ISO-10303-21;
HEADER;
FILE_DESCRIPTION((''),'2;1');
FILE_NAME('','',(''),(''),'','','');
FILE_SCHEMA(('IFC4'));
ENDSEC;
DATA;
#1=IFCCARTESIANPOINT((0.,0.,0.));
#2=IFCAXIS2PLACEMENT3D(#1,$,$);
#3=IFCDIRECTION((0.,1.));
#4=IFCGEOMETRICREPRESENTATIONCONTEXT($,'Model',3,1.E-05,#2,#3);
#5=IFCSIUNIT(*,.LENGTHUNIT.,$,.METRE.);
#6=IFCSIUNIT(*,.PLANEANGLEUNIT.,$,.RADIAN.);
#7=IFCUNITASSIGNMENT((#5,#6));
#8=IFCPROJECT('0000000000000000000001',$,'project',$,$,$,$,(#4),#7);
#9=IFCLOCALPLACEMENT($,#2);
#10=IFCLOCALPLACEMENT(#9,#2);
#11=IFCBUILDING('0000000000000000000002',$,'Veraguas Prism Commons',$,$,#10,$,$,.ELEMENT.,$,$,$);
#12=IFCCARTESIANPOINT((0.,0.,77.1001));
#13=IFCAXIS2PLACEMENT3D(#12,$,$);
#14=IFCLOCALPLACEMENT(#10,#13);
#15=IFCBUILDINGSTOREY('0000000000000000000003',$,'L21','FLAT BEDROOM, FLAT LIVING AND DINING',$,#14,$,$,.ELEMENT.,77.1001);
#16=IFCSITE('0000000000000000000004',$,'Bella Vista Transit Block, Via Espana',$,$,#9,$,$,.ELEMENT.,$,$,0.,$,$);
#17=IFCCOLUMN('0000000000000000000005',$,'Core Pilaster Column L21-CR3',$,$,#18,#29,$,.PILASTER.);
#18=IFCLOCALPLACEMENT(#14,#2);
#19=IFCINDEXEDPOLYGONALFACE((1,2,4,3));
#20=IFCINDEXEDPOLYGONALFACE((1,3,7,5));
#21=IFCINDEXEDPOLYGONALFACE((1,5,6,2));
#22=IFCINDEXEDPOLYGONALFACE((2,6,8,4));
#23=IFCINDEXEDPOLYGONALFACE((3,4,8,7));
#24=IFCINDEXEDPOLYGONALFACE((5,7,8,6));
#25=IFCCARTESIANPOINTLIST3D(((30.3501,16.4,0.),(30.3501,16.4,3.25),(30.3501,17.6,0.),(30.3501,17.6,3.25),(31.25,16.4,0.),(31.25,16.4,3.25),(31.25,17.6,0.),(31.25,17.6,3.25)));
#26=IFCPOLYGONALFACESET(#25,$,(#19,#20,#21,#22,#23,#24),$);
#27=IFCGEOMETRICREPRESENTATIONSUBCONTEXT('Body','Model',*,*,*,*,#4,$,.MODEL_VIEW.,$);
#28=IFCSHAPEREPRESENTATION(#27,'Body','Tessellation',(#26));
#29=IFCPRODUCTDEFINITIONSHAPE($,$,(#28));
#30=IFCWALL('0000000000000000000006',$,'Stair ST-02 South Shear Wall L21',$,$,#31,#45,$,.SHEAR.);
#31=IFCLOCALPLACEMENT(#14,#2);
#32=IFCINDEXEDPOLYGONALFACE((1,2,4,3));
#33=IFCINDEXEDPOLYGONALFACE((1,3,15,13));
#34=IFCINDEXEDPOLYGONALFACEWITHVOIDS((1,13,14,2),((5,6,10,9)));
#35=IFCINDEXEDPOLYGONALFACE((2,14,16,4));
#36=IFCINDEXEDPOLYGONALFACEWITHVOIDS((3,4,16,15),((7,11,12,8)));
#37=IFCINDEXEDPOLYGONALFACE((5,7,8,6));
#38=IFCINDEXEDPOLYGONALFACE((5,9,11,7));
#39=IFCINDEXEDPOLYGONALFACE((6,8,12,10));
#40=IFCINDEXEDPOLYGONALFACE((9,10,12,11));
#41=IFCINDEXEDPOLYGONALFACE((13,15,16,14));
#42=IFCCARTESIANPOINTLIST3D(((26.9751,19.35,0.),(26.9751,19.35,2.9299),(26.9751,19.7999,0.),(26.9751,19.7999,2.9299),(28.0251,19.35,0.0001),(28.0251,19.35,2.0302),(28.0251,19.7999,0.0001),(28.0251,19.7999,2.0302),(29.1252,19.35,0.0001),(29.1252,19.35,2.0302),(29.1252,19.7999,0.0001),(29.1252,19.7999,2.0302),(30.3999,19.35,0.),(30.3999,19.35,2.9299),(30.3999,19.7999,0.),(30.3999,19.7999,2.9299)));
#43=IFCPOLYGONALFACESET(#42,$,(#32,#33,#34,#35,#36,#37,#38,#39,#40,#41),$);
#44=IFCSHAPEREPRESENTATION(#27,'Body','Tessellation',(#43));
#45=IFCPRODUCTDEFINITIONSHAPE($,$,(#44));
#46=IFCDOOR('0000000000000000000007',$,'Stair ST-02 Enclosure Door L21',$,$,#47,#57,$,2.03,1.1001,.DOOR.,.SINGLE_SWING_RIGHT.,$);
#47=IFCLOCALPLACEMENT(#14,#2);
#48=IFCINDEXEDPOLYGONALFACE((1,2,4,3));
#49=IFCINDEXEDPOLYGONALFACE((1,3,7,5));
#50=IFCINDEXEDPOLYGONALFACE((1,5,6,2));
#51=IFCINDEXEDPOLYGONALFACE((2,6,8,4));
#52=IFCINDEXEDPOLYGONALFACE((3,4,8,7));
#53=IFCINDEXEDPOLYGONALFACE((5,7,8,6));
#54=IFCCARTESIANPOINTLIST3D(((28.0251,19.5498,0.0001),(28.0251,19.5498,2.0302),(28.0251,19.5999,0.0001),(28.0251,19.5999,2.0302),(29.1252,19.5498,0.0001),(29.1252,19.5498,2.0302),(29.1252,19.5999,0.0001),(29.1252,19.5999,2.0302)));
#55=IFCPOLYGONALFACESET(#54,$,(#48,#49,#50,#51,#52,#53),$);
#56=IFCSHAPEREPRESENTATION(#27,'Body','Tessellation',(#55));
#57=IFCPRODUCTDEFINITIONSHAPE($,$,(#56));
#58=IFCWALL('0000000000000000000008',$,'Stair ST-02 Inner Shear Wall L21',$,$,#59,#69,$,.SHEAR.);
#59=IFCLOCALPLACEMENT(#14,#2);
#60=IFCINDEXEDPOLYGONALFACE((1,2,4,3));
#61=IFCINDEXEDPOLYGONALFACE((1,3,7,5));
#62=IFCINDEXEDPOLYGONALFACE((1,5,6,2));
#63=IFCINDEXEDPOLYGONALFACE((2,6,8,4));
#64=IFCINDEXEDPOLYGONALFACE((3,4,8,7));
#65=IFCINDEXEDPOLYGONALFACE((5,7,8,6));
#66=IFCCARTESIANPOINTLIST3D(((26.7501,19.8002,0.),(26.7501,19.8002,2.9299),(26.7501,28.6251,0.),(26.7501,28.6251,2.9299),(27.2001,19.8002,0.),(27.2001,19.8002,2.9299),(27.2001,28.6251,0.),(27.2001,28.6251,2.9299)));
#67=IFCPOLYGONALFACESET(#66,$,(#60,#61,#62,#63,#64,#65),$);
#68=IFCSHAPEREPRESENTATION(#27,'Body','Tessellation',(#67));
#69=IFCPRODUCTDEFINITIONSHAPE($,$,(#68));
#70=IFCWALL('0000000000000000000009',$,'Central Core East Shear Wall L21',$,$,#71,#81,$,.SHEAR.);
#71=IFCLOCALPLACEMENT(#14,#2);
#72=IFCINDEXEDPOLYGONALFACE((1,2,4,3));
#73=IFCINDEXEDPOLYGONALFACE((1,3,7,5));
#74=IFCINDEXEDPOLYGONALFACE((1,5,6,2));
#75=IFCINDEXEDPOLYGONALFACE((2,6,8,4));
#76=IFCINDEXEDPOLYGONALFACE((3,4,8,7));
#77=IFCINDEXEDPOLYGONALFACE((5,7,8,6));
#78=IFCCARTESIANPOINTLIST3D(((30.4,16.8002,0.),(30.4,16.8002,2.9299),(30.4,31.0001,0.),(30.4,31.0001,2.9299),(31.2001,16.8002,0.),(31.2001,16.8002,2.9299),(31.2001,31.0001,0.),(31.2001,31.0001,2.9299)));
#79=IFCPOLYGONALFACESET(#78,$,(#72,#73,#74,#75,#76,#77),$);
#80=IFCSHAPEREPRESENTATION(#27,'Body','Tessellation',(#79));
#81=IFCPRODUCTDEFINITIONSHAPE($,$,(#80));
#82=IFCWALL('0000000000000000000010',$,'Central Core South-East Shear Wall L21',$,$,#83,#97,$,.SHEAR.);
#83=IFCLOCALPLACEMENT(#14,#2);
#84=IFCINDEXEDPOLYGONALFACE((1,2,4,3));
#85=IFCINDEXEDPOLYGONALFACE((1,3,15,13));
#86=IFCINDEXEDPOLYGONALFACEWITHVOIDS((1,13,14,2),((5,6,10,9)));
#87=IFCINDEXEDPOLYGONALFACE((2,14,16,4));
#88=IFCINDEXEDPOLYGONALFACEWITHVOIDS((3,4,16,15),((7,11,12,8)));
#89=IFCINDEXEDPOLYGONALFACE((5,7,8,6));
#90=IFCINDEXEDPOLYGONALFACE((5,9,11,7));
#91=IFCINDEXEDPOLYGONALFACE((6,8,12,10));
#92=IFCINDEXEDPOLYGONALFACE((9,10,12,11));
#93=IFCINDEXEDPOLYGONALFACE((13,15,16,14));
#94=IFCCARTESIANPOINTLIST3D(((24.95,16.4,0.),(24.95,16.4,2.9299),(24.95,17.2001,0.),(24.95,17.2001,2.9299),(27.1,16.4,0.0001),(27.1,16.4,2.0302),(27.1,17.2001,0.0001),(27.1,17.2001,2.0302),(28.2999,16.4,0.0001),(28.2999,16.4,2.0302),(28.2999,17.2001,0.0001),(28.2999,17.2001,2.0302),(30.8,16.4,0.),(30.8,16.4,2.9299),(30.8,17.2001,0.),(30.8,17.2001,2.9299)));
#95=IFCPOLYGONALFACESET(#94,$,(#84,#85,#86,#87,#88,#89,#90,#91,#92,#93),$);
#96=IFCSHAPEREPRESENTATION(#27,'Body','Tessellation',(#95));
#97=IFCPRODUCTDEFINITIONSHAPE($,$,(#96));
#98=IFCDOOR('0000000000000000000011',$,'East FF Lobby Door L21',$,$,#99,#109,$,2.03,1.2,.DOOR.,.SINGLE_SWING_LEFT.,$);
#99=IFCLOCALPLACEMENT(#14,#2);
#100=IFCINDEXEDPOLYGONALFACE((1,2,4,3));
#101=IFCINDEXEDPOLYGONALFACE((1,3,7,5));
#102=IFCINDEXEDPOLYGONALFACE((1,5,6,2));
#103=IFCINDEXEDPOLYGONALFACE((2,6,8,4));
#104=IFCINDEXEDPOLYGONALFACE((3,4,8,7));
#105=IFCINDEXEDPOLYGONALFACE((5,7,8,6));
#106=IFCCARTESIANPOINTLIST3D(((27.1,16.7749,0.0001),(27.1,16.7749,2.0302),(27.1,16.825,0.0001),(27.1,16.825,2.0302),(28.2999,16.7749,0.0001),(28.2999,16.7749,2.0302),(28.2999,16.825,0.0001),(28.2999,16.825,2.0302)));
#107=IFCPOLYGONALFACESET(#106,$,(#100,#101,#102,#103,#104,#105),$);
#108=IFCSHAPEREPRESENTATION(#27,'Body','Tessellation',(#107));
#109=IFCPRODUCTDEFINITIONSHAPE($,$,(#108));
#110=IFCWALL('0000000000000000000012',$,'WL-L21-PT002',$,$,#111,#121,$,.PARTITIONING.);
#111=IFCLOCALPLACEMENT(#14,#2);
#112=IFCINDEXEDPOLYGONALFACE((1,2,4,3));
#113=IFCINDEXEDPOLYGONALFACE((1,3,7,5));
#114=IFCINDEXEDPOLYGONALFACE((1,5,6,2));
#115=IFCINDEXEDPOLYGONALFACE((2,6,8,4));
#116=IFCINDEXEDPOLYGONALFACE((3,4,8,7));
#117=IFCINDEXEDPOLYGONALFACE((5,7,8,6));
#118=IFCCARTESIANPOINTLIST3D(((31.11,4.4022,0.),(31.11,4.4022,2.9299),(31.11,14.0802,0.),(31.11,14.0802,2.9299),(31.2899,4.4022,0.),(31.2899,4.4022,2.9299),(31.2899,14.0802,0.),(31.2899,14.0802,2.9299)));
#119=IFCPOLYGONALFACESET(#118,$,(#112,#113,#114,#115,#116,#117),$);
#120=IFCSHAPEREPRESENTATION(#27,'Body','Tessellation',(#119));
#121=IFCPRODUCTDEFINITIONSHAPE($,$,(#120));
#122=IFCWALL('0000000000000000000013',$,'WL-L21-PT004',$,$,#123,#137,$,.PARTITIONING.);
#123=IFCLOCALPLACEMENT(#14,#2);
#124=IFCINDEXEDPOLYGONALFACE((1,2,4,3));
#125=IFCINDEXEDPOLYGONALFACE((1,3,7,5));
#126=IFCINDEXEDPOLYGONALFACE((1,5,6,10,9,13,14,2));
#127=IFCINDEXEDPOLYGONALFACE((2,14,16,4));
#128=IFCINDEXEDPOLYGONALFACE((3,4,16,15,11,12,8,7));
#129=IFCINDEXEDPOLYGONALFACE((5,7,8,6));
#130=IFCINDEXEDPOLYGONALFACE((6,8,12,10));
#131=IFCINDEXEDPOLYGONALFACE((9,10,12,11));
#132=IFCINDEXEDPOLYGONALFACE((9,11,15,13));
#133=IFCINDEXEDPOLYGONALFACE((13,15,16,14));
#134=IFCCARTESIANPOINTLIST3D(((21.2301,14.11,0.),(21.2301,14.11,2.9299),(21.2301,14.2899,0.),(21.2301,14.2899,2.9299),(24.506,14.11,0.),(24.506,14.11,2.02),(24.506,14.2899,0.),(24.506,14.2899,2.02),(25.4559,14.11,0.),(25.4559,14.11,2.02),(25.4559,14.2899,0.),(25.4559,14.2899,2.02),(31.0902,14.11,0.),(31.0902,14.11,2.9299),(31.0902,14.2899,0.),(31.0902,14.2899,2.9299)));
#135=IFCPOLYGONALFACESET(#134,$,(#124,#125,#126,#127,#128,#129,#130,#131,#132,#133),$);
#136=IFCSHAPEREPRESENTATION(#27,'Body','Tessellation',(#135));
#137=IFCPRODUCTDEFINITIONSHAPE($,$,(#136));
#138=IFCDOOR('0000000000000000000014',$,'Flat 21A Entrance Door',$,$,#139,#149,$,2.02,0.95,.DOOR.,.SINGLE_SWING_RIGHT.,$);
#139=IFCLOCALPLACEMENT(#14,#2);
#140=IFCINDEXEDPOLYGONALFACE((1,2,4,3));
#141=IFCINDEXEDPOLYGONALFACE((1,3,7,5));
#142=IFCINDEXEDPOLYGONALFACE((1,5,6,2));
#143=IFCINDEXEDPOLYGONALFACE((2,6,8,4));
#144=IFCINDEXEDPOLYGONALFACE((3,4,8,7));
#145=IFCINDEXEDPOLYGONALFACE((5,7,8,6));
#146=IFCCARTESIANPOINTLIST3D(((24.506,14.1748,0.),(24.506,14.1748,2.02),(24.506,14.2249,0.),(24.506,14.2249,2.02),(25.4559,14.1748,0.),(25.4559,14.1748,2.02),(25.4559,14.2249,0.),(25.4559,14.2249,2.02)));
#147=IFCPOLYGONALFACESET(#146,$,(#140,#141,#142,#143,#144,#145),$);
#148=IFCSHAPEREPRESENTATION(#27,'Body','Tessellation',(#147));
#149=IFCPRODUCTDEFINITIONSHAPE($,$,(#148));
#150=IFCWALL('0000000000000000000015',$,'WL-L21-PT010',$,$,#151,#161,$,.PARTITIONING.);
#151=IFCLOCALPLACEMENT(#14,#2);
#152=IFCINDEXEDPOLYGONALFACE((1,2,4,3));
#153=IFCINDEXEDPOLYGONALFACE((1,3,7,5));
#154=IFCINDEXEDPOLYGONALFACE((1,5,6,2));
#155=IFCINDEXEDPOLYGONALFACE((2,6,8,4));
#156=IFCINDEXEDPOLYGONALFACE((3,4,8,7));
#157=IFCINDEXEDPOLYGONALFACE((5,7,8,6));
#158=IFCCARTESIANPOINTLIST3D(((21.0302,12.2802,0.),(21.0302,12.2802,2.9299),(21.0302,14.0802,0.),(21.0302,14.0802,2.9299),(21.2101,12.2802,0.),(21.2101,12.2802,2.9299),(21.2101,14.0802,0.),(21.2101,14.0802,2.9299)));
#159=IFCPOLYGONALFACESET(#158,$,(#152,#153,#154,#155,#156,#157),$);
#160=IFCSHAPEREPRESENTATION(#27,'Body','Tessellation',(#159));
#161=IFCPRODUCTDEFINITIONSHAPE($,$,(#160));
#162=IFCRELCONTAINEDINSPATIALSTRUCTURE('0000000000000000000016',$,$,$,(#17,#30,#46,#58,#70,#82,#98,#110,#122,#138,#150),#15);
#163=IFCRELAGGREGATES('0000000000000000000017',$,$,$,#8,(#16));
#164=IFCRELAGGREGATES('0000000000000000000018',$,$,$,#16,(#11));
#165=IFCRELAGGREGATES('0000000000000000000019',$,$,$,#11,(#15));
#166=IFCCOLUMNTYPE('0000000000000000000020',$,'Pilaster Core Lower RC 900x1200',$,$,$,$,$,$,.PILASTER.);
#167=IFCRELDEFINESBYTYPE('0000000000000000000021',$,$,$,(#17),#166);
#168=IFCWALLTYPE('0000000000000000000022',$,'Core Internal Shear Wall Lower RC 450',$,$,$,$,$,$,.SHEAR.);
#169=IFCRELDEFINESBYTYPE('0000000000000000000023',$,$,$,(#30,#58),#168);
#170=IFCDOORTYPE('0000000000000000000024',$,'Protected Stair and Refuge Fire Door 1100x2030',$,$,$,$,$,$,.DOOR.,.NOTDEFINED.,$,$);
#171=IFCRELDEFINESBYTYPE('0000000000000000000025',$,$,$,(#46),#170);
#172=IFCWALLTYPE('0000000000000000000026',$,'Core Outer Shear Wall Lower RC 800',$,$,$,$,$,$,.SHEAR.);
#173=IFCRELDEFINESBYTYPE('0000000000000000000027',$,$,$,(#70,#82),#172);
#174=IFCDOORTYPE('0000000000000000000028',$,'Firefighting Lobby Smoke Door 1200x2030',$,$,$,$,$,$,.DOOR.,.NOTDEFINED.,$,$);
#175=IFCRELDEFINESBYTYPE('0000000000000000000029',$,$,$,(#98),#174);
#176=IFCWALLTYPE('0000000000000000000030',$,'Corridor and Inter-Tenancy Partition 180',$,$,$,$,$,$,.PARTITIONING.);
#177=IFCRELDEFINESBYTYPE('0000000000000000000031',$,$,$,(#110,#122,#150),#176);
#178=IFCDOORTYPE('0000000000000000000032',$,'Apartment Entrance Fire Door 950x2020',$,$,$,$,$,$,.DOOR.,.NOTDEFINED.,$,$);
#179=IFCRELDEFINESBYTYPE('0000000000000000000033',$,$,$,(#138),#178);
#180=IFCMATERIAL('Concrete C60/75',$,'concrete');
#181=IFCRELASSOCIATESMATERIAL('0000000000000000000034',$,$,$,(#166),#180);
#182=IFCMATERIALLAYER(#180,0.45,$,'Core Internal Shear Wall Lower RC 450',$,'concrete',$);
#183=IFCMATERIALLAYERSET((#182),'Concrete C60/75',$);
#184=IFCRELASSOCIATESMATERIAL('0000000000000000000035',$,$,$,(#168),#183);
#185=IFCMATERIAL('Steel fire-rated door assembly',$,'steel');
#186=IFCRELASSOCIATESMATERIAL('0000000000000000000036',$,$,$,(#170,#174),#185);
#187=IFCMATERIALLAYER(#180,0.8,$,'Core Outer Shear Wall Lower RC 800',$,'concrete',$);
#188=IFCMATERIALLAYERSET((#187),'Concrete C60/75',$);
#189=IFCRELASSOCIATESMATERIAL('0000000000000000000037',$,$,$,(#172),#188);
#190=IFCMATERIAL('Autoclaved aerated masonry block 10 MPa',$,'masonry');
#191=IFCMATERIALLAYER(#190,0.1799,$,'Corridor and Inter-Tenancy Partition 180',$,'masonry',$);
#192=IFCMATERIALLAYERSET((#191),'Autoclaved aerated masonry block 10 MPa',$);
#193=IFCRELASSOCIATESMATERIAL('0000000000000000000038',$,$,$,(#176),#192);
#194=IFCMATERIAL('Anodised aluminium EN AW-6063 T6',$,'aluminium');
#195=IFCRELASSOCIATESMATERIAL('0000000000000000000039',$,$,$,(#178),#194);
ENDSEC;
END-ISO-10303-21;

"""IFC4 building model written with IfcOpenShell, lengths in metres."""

from ifc_helpers import new_model, si_unit, direction, frame, frame_2d, origin, origin_2d, place, context, subcontext, project, spatial, rectangle, extrude, source, transform, mapped, material, layer, layer_set, material_profile, profile_set, type_object, element, fill, save


model = new_model("IFC4")

# Units and contexts
model_context = context("Model", 3, precision=1e-05, world=origin(), true_north=direction((0.0, 1.0)))
body_context = subcontext(model_context, "Body", "Model", "MODEL_VIEW")
ifc_project = project(units=[si_unit("LENGTHUNIT", "METRE"), si_unit("PLANEANGLEUNIT", "RADIAN")], contexts=[model_context])

# Site, building, storey
site_placement = place(None, origin())
site = spatial("IfcSite", under=ifc_project, at=site_placement, Name="Bella Vista Transit Block, Via Espana", CompositionType="ELEMENT", RefElevation=0.0)
building_placement = place(site_placement, origin())
building = spatial("IfcBuilding", under=site, at=building_placement, Name="Veraguas Prism Commons", CompositionType="ELEMENT")
storey_placement = place(building_placement, frame((0.0, 0.0, 77.1001)))
storey = spatial("IfcBuildingStorey", under=building, at=storey_placement, Name="L21", Description="FLAT BEDROOM, FLAT LIVING AND DINING", CompositionType="ELEMENT", Elevation=77.1001)

# Column
ifc_material_1 = material(Name="Concrete C60/75", Category="concrete")
ifc_material_profile = material_profile(ifc_material_1, rectangle(XDim=0.8999, YDim=1.2, at=origin_2d()), Name="RC900X1200")
ifc_profile_set = profile_set([ifc_material_profile], Name="Concrete C60/75")
column_type = type_object("IfcColumnType", Name="Pilaster Core Lower RC 900x1200", PredefinedType="PILASTER", material=ifc_profile_set)
column_placement = place(storey_placement, frame((30.8, 17.0, 0.0), z_axis=(0.0, 0.0, 1.0), x_axis=(1.0, 0.0, 0.0)))
element("IfcColumn", 1, at=column_placement, inside=storey, type_object=column_type, Name="Core Pilaster Column L21-CR3", PredefinedType="PILASTER", context=body_context, shape_type="SweptSolid", body=[
    extrude(rectangle(XDim=0.8999, YDim=1.2, at=origin_2d()), origin(), (0.0, 0.0, 1.0), 3.25),
])

# Wall, opening, door
ifc_layer_1 = layer(ifc_material_1, 0.45, Name="Core Internal Shear Wall Lower RC 450", Category="concrete")
ifc_layer_set_1 = layer_set([ifc_layer_1], Name="Concrete C60/75")
wall_type_1 = type_object("IfcWallType", Name="Core Internal Shear Wall Lower RC 450", PredefinedType="SHEAR", material=ifc_layer_set_1)
wall_1_placement = place(storey_placement, frame((26.9751, 19.575, 0.0), z_axis=(0.0, 0.0, 1.0), x_axis=(1.0, 0.0, 0.0)))
wall_1 = element("IfcWall", 2, at=wall_1_placement, inside=storey, type_object=wall_type_1, Name="Stair ST-02 South Shear Wall L21", PredefinedType="SHEAR", context=body_context, shape_type="SweptSolid", body=[
    extrude(rectangle(XDim=3.4248, YDim=0.45, at=frame_2d((1.7124, 0.0))), origin(), (0.0, 0.0, 1.0), 2.9299),
])
opening_1_placement = place(wall_1_placement, frame((1.05, 0.0, 0.0)))
opening_1 = element("IfcOpeningElement", 3, at=opening_1_placement, cuts=wall_1, PredefinedType="OPENING", context=body_context, shape_type="SweptSolid", body=[
    extrude(rectangle(XDim=1.1001, YDim=2.03, at=frame_2d((0.55, 1.0151))), frame((0.0, 0.2349, 0.0), z_axis=(0.0, -1.0, 0.0), x_axis=(1.0, 0.0, 0.0)), (0.0, 0.0, 1.0), 0.47),
])
ifc_material_2 = material(Name="Steel fire-rated door assembly", Category="steel")
door_type_1 = type_object("IfcDoorType", Name="Protected Stair and Refuge Fire Door 1100x2030", OperationType="NOTDEFINED", PredefinedType="DOOR", material=ifc_material_2)
shared_shape_1 = source(origin(), body_context, "Body", "SweptSolid", [
    extrude(rectangle(XDim=1.1001, YDim=2.03, at=frame_2d((0.55, 1.0151))), frame((0.0, 0.0249, 0.0), z_axis=(0.0, -1.0, 0.0), x_axis=(1.0, 0.0, 0.0)), (0.0, 0.0, 1.0), 0.05),
])
door_1_placement = place(opening_1_placement, origin())
door_1 = element("IfcDoor", 4, at=door_1_placement, inside=storey, type_object=door_type_1, Name="Stair ST-02 Enclosure Door L21", OperationType="SINGLE_SWING_RIGHT", OverallHeight=2.03, OverallWidth=1.1001, PredefinedType="DOOR", context=body_context, shape_type="MappedRepresentation", body=[
    mapped(shared_shape_1, transform((0.0, 0.0, 0.0), scale=1.0)),
])
fill(opening_1, door_1)

# Walls
wall_2_placement = place(storey_placement, frame((26.9751, 19.8, 0.0), z_axis=(0.0, 0.0, 1.0), x_axis=(0.0, 1.0, 0.0)))
element("IfcWall", 5, at=wall_2_placement, inside=storey, type_object=wall_type_1, Name="Stair ST-02 Inner Shear Wall L21", PredefinedType="SHEAR", context=body_context, shape_type="SweptSolid", body=[
    extrude(rectangle(XDim=8.825, YDim=0.45, at=frame_2d((4.4126, 0.0))), origin(), (0.0, 0.0, 1.0), 2.9299),
])
ifc_layer_2 = layer(ifc_material_1, 0.8, Name="Core Outer Shear Wall Lower RC 800", Category="concrete")
ifc_layer_set_2 = layer_set([ifc_layer_2], Name="Concrete C60/75")
wall_type_2 = type_object("IfcWallType", Name="Core Outer Shear Wall Lower RC 800", PredefinedType="SHEAR", material=ifc_layer_set_2)
wall_3_placement = place(storey_placement, frame((30.8, 16.8, 0.0), z_axis=(0.0, 0.0, 1.0), x_axis=(0.0, 1.0, 0.0)))
element("IfcWall", 6, at=wall_3_placement, inside=storey, type_object=wall_type_2, Name="Central Core East Shear Wall L21", PredefinedType="SHEAR", context=body_context, shape_type="SweptSolid", body=[
    extrude(rectangle(XDim=14.2, YDim=0.8, at=frame_2d((7.1001, 0.0))), origin(), (0.0, 0.0, 1.0), 2.9299),
])

# Wall, opening, door
wall_4_placement = place(storey_placement, frame((24.95, 16.8, 0.0), z_axis=(0.0, 0.0, 1.0), x_axis=(1.0, 0.0, 0.0)))
wall_4 = element("IfcWall", 7, at=wall_4_placement, inside=storey, type_object=wall_type_2, Name="Central Core South-East Shear Wall L21", PredefinedType="SHEAR", context=body_context, shape_type="SweptSolid", body=[
    extrude(rectangle(XDim=5.8501, YDim=0.8, at=frame_2d((2.925, 0.0))), origin(), (0.0, 0.0, 1.0), 2.9299),
])
opening_2_placement = place(wall_4_placement, frame((2.1499, 0.0, 0.0)))
opening_2 = element("IfcOpeningElement", 8, at=opening_2_placement, cuts=wall_4, PredefinedType="OPENING", context=body_context, shape_type="SweptSolid", body=[
    extrude(rectangle(XDim=1.2, YDim=2.03, at=frame_2d((0.6001, 1.0151))), frame((0.0, 0.4099, 0.0), z_axis=(0.0, -1.0, 0.0), x_axis=(1.0, 0.0, 0.0)), (0.0, 0.0, 1.0), 0.8201),
])
door_type_2 = type_object("IfcDoorType", Name="Firefighting Lobby Smoke Door 1200x2030", OperationType="NOTDEFINED", PredefinedType="DOOR", material=ifc_material_2)
shared_shape_2 = source(origin(), body_context, "Body", "SweptSolid", [
    extrude(rectangle(XDim=1.2, YDim=2.03, at=frame_2d((0.6001, 1.0151))), frame((0.0, 0.0249, 0.0), z_axis=(0.0, -1.0, 0.0), x_axis=(1.0, 0.0, 0.0)), (0.0, 0.0, 1.0), 0.05),
])
door_2_placement = place(opening_2_placement, origin())
door_2 = element("IfcDoor", 9, at=door_2_placement, inside=storey, type_object=door_type_2, Name="East FF Lobby Door L21", OperationType="SINGLE_SWING_LEFT", OverallHeight=2.03, OverallWidth=1.2, PredefinedType="DOOR", context=body_context, shape_type="MappedRepresentation", body=[
    mapped(shared_shape_2, transform((0.0, 0.0, 0.0), scale=1.0)),
])
fill(opening_2, door_2)

# Wall
ifc_material_3 = material(Name="Autoclaved aerated masonry block 10 MPa", Category="masonry")
ifc_layer_3 = layer(ifc_material_3, 0.1799, Name="Corridor and Inter-Tenancy Partition 180", Category="masonry")
ifc_layer_set_3 = layer_set([ifc_layer_3], Name="Autoclaved aerated masonry block 10 MPa")
wall_type_3 = type_object("IfcWallType", Name="Corridor and Inter-Tenancy Partition 180", PredefinedType="PARTITIONING", material=ifc_layer_set_3)
wall_5_placement = place(storey_placement, frame((31.2, 14.0801, 0.0), z_axis=(0.0, 0.0, 1.0), x_axis=(0.0, -1.0, 0.0)))
element("IfcWall", 10, at=wall_5_placement, inside=storey, type_object=wall_type_3, Name="WL-L21-PT002", PredefinedType="PARTITIONING", context=body_context, shape_type="SweptSolid", body=[
    extrude(rectangle(XDim=9.678, YDim=0.1799, at=frame_2d((4.8389, 0.0))), origin(), (0.0, 0.0, 1.0), 2.9299),
])

# Wall, opening, door
wall_6_placement = place(storey_placement, frame((21.23, 14.2, 0.0), z_axis=(0.0, 0.0, 1.0), x_axis=(1.0, 0.0, 0.0)))
wall_6 = element("IfcWall", 11, at=wall_6_placement, inside=storey, type_object=wall_type_3, Name="WL-L21-PT004", PredefinedType="PARTITIONING", context=body_context, shape_type="SweptSolid", body=[
    extrude(rectangle(XDim=9.8601, YDim=0.1799, at=frame_2d((4.9302, 0.0))), origin(), (0.0, 0.0, 1.0), 2.9299),
])
opening_3_placement = place(wall_6_placement, frame((3.2759, 0.0, 0.0)))
opening_3 = element("IfcOpeningElement", 12, at=opening_3_placement, cuts=wall_6, PredefinedType="OPENING", context=body_context, shape_type="SweptSolid", body=[
    extrude(rectangle(XDim=0.95, YDim=2.02, at=frame_2d((0.4751, 1.01))), frame((0.0, 0.0999, 0.0), z_axis=(0.0, -1.0, 0.0), x_axis=(1.0, 0.0, 0.0)), (0.0, 0.0, 1.0), 0.2),
])
ifc_material_4 = material(Name="Anodised aluminium EN AW-6063 T6", Category="aluminium")
door_type_3 = type_object("IfcDoorType", Name="Apartment Entrance Fire Door 950x2020", OperationType="NOTDEFINED", PredefinedType="DOOR", material=ifc_material_4)
shared_shape_3 = source(origin(), body_context, "Body", "SweptSolid", [
    extrude(rectangle(XDim=0.95, YDim=2.02, at=frame_2d((0.4751, 1.01))), frame((0.0, 0.0249, 0.0), z_axis=(0.0, -1.0, 0.0), x_axis=(1.0, 0.0, 0.0)), (0.0, 0.0, 1.0), 0.05),
])
door_3_placement = place(opening_3_placement, origin())
door_3 = element("IfcDoor", 13, at=door_3_placement, inside=storey, type_object=door_type_3, Name="Flat 21A Entrance Door", OperationType="SINGLE_SWING_RIGHT", OverallHeight=2.02, OverallWidth=0.95, PredefinedType="DOOR", context=body_context, shape_type="MappedRepresentation", body=[
    mapped(shared_shape_3, transform((0.0, 0.0, 0.0), scale=1.0)),
])
fill(opening_3, door_3)

# Wall
wall_7_placement = place(storey_placement, frame((21.1201, 14.0801, 0.0), z_axis=(0.0, 0.0, 1.0), x_axis=(0.0, -1.0, 0.0)))
element("IfcWall", 14, at=wall_7_placement, inside=storey, type_object=wall_type_3, Name="WL-L21-PT010", PredefinedType="PARTITIONING", context=body_context, shape_type="SweptSolid", body=[
    extrude(rectangle(XDim=1.8, YDim=0.1799, at=frame_2d((0.8999, 0.0))), origin(), (0.0, 0.0, 1.0), 2.9299),
])

save(model, "model.ifc")
